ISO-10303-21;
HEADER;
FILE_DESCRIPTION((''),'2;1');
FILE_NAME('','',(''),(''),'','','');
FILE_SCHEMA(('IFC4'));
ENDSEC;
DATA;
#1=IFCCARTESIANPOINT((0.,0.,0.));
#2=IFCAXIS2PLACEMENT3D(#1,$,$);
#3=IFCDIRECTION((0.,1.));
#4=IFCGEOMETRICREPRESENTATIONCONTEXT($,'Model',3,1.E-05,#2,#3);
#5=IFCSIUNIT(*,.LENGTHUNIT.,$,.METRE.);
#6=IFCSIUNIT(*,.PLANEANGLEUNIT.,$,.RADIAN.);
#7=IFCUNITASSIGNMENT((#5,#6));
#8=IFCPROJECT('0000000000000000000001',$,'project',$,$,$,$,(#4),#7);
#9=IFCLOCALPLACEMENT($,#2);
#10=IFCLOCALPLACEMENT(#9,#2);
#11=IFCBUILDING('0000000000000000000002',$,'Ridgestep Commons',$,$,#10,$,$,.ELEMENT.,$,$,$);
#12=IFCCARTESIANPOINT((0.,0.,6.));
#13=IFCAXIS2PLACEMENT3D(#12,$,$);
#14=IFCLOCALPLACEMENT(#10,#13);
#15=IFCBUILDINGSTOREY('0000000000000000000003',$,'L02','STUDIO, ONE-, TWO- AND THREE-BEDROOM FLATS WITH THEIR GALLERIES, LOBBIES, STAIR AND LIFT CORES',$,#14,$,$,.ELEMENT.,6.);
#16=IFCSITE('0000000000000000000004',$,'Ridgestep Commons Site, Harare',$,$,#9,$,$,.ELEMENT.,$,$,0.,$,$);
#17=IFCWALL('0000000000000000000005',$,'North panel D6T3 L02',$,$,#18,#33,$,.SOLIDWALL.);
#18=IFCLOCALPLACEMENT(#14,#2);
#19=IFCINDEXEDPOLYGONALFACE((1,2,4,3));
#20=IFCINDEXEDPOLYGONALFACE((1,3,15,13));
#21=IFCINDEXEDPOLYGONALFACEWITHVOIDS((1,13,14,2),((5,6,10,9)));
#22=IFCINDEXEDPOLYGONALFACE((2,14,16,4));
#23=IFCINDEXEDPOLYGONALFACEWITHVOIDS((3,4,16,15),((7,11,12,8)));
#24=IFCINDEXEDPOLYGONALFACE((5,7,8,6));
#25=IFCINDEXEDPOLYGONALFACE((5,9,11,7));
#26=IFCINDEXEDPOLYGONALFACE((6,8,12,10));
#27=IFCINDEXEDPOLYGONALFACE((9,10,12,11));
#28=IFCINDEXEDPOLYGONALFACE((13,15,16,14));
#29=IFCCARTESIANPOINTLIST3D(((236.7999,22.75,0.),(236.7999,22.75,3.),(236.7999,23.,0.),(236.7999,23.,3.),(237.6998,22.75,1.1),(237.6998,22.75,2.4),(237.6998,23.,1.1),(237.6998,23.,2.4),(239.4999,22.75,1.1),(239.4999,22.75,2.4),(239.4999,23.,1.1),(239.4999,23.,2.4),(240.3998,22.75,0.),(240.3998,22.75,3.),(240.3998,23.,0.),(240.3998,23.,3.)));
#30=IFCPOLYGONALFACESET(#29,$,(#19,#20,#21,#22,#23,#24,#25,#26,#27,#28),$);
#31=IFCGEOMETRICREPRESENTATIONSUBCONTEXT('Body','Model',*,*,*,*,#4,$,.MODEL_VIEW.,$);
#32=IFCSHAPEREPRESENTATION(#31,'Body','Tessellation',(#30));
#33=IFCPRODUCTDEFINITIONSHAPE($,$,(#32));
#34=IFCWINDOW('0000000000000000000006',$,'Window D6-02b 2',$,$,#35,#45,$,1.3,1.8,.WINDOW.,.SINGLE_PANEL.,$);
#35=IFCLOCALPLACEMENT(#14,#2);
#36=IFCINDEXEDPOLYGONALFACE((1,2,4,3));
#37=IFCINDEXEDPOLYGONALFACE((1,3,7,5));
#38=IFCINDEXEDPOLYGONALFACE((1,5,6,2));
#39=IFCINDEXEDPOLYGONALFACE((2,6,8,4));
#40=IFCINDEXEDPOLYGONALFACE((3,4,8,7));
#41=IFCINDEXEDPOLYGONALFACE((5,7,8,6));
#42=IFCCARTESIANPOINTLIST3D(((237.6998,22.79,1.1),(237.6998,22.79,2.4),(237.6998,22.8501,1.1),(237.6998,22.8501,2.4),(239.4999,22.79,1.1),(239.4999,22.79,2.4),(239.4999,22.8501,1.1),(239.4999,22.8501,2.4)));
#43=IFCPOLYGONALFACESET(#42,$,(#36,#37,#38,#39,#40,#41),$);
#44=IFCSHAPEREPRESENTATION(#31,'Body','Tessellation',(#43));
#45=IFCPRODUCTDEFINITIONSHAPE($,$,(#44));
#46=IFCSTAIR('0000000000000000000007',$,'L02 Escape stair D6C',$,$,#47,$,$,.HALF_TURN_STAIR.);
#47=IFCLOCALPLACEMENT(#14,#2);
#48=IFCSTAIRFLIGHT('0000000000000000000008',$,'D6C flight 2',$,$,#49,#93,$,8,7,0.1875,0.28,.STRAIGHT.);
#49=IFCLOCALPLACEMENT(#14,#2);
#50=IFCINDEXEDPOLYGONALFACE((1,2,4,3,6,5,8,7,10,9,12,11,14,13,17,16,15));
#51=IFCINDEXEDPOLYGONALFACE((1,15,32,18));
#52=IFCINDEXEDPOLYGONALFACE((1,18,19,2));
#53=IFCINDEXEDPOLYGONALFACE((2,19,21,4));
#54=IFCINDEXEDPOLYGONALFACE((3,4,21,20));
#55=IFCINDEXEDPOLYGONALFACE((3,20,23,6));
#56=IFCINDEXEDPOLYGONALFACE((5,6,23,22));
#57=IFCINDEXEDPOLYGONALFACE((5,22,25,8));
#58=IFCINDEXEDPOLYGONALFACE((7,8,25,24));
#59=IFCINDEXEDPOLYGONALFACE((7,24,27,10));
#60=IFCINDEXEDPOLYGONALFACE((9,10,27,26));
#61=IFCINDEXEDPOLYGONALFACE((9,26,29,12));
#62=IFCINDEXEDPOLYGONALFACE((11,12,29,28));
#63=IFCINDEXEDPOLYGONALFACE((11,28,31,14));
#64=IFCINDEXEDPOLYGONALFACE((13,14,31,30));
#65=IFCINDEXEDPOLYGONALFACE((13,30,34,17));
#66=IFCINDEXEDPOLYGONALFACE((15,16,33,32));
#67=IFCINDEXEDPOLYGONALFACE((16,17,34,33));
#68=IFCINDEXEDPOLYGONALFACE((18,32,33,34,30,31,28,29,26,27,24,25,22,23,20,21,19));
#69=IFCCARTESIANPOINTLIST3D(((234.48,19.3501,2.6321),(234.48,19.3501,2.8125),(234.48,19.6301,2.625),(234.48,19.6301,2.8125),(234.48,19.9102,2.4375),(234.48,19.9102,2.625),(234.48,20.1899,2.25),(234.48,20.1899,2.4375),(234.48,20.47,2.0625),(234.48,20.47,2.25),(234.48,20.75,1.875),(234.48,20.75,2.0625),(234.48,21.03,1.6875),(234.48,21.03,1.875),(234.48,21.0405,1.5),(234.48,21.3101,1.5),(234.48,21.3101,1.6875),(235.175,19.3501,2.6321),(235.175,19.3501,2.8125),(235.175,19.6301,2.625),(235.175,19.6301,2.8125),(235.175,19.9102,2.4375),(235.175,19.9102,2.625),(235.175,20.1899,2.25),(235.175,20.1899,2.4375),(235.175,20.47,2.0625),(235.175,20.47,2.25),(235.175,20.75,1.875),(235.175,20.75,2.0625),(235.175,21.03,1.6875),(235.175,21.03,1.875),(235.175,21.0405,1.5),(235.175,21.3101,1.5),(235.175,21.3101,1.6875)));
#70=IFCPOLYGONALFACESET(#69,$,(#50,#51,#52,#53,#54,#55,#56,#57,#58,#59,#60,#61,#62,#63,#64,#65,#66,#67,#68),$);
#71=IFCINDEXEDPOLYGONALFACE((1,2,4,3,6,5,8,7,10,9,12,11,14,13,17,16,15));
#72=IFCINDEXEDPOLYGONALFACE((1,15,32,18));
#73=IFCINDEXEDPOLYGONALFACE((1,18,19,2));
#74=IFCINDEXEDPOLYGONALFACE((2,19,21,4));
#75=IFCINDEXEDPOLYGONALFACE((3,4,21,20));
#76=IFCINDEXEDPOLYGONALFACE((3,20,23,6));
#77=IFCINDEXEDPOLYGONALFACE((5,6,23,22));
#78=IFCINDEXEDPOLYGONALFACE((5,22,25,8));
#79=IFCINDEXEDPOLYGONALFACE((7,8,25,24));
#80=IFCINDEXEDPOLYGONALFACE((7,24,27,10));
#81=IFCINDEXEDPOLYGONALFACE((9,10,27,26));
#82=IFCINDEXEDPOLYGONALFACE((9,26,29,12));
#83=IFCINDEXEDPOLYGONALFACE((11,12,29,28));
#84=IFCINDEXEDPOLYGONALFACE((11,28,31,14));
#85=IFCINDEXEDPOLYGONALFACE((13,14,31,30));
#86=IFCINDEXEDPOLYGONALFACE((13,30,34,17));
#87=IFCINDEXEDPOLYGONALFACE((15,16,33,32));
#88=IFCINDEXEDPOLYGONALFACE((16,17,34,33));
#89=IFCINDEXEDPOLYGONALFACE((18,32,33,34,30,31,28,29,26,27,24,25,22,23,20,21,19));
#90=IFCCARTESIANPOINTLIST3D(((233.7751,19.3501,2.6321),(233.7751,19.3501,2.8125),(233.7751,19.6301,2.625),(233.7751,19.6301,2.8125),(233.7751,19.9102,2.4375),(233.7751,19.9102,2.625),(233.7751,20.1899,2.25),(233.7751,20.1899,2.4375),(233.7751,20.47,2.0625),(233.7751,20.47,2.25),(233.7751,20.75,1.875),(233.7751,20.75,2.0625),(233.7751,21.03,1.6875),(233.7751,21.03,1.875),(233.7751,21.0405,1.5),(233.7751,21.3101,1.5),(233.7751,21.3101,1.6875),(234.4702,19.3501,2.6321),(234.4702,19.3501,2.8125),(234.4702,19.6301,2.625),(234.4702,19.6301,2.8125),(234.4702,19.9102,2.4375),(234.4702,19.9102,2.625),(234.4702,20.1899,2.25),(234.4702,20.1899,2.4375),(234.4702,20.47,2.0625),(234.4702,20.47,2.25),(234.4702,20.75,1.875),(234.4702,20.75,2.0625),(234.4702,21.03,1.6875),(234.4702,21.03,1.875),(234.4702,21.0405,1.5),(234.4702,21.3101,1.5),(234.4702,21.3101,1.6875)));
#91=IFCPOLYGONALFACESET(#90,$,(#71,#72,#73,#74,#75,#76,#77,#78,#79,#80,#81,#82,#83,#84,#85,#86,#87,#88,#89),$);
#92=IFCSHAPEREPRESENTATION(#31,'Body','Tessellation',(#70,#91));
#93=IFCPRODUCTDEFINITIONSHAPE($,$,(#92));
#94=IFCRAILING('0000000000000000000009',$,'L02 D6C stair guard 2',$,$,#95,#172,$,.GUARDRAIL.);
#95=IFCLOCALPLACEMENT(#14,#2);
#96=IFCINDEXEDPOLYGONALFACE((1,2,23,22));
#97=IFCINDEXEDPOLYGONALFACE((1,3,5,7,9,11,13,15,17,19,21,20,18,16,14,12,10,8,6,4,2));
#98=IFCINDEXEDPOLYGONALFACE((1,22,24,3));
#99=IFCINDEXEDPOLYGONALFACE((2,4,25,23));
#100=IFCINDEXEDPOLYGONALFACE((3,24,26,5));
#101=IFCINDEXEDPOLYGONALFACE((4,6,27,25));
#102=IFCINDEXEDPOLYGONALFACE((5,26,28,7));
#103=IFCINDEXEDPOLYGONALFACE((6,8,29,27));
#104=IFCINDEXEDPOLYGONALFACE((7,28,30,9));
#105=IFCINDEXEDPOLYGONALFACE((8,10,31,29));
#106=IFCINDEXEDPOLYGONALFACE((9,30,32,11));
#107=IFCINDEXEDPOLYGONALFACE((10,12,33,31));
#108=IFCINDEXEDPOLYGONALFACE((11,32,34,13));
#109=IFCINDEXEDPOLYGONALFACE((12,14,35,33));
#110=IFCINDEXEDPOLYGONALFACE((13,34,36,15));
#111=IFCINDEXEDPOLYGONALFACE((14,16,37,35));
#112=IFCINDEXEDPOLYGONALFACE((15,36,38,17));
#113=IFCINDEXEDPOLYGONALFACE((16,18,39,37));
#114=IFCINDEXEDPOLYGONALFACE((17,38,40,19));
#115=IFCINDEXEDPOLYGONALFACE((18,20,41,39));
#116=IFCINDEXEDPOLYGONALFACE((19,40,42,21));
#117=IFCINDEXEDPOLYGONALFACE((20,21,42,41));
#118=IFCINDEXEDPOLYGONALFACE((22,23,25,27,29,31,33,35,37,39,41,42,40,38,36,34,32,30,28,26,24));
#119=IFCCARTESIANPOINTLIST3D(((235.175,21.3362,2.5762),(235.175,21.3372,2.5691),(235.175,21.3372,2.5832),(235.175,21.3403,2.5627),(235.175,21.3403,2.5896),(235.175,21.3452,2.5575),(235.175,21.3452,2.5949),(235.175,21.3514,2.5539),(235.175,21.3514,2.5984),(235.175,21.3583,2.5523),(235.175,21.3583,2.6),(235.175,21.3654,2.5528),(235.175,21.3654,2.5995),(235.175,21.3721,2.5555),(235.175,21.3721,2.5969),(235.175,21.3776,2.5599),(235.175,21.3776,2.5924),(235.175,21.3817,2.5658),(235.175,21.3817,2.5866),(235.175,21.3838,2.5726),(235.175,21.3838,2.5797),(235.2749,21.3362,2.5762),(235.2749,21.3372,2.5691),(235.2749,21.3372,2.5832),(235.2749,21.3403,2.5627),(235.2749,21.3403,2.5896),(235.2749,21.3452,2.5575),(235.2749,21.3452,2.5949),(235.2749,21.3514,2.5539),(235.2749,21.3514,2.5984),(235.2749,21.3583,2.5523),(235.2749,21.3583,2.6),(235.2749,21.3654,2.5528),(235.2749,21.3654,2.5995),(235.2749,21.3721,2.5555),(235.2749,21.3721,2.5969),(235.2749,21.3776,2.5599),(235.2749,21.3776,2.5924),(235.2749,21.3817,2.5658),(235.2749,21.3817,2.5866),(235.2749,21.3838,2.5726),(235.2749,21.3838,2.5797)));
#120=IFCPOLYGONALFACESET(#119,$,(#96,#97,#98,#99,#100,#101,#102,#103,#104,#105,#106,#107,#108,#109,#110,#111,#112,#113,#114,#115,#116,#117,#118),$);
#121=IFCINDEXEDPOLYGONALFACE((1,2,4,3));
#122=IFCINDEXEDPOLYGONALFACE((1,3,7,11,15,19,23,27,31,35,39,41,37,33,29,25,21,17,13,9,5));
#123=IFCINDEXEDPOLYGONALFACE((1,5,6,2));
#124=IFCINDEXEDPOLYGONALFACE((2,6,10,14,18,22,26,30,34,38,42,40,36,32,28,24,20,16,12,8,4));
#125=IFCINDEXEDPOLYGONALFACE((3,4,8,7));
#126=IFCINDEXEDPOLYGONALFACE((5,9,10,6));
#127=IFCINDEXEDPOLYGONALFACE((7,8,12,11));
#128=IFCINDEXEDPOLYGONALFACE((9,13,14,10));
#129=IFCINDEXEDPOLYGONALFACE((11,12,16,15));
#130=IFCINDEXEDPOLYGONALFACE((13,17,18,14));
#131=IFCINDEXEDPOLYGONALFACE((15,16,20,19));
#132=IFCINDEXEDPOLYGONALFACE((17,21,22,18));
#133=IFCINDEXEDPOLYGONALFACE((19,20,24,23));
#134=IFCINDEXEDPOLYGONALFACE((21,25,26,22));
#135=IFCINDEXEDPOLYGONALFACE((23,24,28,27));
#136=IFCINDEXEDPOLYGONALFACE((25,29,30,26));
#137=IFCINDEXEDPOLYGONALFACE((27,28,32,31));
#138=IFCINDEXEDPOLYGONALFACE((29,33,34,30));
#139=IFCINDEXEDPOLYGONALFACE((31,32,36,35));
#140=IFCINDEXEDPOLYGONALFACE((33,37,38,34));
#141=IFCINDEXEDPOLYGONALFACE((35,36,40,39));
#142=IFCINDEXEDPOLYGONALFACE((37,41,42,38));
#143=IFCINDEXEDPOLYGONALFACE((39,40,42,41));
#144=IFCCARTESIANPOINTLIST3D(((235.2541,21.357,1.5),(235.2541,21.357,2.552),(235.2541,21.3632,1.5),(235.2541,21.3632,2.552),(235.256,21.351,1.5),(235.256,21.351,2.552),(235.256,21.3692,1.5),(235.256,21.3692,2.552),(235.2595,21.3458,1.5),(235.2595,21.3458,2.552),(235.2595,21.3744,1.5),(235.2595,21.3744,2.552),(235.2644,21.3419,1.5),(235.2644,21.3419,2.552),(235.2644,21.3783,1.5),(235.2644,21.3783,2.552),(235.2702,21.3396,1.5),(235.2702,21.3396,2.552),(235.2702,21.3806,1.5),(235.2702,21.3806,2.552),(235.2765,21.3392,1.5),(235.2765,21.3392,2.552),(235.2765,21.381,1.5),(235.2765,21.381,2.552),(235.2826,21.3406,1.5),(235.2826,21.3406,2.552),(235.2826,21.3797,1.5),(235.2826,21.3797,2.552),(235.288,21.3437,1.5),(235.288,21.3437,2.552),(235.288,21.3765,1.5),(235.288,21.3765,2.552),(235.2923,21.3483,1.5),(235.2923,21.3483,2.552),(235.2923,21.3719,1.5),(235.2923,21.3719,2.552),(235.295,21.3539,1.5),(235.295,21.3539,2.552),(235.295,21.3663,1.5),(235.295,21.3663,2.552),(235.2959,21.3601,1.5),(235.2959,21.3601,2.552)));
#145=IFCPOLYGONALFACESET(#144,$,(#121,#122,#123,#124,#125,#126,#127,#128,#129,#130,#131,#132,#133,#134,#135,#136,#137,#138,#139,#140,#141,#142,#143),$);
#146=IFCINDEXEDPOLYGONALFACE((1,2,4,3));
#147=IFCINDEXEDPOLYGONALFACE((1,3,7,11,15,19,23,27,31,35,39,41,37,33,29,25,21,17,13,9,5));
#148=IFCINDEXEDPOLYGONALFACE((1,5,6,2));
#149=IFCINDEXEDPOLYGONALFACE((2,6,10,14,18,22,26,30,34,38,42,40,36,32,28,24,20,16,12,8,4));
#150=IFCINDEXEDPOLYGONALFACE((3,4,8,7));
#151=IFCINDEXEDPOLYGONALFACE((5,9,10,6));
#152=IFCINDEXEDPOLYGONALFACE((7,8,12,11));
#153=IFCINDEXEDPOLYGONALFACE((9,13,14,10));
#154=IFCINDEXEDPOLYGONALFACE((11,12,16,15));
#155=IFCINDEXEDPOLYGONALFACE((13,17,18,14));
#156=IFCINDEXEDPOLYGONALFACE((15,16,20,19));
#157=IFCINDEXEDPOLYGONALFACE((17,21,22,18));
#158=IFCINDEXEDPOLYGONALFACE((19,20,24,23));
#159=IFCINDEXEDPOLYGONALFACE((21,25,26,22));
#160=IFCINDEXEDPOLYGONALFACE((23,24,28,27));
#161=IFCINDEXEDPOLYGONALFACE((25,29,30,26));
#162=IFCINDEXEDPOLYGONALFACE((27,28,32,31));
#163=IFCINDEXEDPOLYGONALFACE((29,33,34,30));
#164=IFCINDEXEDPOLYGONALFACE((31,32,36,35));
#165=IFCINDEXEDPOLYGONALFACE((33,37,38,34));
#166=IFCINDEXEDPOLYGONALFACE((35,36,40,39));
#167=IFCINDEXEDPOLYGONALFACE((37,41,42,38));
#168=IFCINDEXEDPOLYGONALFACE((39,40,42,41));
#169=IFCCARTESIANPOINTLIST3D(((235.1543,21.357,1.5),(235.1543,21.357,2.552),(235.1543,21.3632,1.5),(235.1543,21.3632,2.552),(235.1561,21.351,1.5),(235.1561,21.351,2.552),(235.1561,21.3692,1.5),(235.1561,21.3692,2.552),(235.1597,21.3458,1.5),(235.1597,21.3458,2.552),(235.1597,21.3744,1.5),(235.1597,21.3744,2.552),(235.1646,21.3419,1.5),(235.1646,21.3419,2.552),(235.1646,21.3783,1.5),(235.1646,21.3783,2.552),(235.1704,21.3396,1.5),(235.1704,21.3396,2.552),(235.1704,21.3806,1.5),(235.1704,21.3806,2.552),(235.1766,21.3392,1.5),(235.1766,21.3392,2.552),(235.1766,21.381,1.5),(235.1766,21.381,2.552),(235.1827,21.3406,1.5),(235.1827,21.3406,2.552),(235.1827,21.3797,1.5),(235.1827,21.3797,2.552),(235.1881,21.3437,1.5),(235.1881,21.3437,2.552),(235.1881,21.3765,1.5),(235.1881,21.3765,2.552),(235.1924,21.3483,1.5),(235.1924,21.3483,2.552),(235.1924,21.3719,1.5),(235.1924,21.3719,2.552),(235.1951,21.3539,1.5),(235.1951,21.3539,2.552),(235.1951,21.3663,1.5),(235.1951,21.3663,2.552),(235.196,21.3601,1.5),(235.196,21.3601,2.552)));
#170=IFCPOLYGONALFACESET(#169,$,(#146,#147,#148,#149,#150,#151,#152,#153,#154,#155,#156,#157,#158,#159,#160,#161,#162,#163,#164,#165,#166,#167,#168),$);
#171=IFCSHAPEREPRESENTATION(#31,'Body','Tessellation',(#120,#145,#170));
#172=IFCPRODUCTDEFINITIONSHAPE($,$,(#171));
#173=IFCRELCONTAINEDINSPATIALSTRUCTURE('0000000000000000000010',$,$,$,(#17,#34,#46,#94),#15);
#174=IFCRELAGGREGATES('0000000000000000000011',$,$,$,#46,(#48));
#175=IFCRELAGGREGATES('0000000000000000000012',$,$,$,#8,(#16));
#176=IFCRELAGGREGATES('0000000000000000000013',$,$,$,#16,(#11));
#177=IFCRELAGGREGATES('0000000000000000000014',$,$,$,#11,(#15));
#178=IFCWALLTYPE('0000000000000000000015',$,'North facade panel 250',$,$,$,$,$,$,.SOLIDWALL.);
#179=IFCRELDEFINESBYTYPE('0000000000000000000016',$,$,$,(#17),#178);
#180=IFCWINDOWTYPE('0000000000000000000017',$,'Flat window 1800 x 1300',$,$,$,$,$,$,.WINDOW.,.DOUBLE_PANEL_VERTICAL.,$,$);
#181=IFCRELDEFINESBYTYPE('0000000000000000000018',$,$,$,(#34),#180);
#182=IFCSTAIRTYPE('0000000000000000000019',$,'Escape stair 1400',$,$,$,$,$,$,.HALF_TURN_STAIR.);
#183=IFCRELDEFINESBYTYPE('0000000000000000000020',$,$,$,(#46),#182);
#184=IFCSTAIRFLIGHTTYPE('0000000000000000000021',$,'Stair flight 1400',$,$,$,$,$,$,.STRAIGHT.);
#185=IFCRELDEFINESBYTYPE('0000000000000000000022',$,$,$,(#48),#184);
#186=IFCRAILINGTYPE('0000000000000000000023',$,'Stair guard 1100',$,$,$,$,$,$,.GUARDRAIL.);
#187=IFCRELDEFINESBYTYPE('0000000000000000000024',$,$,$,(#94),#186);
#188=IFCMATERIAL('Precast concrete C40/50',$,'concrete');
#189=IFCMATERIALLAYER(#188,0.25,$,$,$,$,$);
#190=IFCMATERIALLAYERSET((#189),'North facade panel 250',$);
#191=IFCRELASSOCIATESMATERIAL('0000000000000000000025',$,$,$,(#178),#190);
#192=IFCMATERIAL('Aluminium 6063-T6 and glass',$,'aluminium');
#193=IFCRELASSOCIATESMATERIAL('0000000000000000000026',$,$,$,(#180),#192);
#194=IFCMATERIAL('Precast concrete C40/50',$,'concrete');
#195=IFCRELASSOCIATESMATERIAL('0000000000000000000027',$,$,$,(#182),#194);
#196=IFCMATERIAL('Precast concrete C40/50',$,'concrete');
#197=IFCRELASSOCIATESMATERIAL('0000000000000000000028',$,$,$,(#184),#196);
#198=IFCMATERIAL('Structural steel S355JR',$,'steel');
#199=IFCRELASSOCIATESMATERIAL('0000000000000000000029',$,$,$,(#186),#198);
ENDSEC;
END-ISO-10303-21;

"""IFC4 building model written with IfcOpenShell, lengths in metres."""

from ifc_helpers import new_model, si_unit, direction, frame, frame_2d, origin, origin_2d, place, context, subcontext, project, spatial, polyline, rectangle, circle, outline, extrude, material, layer, layer_set, type_object, element, fill, aggregate, save


model = new_model("IFC4")

# Units and contexts
model_context = context("Model", 3, precision=1e-05, world=origin(), true_north=direction((0.0, 1.0)))
body_context = subcontext(model_context, "Body", "Model", "MODEL_VIEW")
ifc_project = project(units=[si_unit("LENGTHUNIT", "METRE"), si_unit("PLANEANGLEUNIT", "RADIAN")], contexts=[model_context])

# Site, building, storey
site_placement = place(None, origin())
site = spatial("IfcSite", under=ifc_project, at=site_placement, Name="Ridgestep Commons Site, Harare", CompositionType="ELEMENT", RefElevation=0.0)
building_placement = place(site_placement, origin())
building = spatial("IfcBuilding", under=site, at=building_placement, Name="Ridgestep Commons", CompositionType="ELEMENT")
storey_placement = place(building_placement, frame((0.0, 0.0, 6.0)))
storey = spatial("IfcBuildingStorey", under=building, at=storey_placement, Name="L02", Description="STUDIO, ONE-, TWO- AND THREE-BEDROOM FLATS WITH THEIR GALLERIES, LOBBIES, STAIR AND LIFT CORES", CompositionType="ELEMENT", Elevation=6.0)

# Wall, opening, window
ifc_material_1 = material(Name="Precast concrete C40/50", Category="concrete")
ifc_layer_1 = layer(ifc_material_1, 0.25)
ifc_layer_set_1 = layer_set([ifc_layer_1], Name="North facade panel 250")
wall_type = type_object("IfcWallType", Name="North facade panel 250", PredefinedType="SOLIDWALL", material=ifc_layer_set_1)
wall_placement = place(storey_placement, frame((236.8, 22.875, 0.0), z_axis=(0.0, 0.0, 1.0), x_axis=(1.0, 0.0, 0.0)))
wall = element("IfcWall", 1, at=wall_placement, inside=storey, type_object=wall_type, Name="North panel D6T3 L02", PredefinedType="SOLIDWALL", context=body_context, shape_type="SweptSolid", body=[
    extrude(rectangle(XDim=3.5999, YDim=0.25, at=frame_2d((1.7998, 0.0))), origin(), (0.0, 0.0, 1.0), 3.0),
])
opening_placement = place(wall_placement, frame((0.8999, 0.0, 1.1001)))
opening = element("IfcOpeningElement", 2, at=opening_placement, cuts=wall, PredefinedType="OPENING", context=body_context, shape_type="SweptSolid", body=[
    extrude(rectangle(XDim=1.8, YDim=1.3, at=frame_2d((0.8999, 0.6499))), frame((0.0, 0.135, 0.0), z_axis=(0.0, -1.0, 0.0), x_axis=(1.0, 0.0, 0.0)), (0.0, 0.0, 1.0), 0.27),
])
ifc_material_2 = material(Name="Aluminium 6063-T6 and glass", Category="aluminium")
window_type = type_object("IfcWindowType", Name="Flat window 1800 x 1300", PartitioningType="DOUBLE_PANEL_VERTICAL", PredefinedType="WINDOW", material=ifc_material_2)
window_placement = place(opening_placement, origin())
window = element("IfcWindow", 3, at=window_placement, inside=storey, type_object=window_type, Name="Window D6-02b 2", OverallHeight=1.3, OverallWidth=1.8, PartitioningType="SINGLE_PANEL", PredefinedType="WINDOW", context=body_context, shape_type="SweptSolid", body=[
    extrude(rectangle(XDim=1.8, YDim=1.3, at=frame_2d((0.8999, 0.6499))), frame((0.0, -0.0249, 0.0), z_axis=(0.0, -1.0, 0.0), x_axis=(1.0, 0.0, 0.0)), (0.0, 0.0, 1.0), 0.0601),
])
fill(opening, window)

# Stair, stair flight
ifc_material_3 = material(Name="Precast concrete C40/50", Category="concrete")
stair_type = type_object("IfcStairType", Name="Escape stair 1400", PredefinedType="HALF_TURN_STAIR", material=ifc_material_3)
stair_placement = place(storey_placement, origin())
stair = element("IfcStair", 4, at=stair_placement, inside=storey, type_object=stair_type, Name="L02 Escape stair D6C", PredefinedType="HALF_TURN_STAIR")
ifc_material_4 = material(Name="Precast concrete C40/50", Category="concrete")
stair_flight_type = type_object("IfcStairFlightType", Name="Stair flight 1400", PredefinedType="STRAIGHT", material=ifc_material_4)
stair_flight_placement = place(storey_placement, frame((234.4751, 21.3101, 1.5), z_axis=(0.0, 0.0, 1.0), x_axis=(0.0, -1.0, 0.0)))
stair_flight = element("IfcStairFlight", 5, at=stair_flight_placement, type_object=stair_flight_type, Name="D6C flight 2", NumberOfRisers=8, NumberOfTreads=7, PredefinedType="STRAIGHT", RiserHeight=0.1875, TreadLength=0.28, context=body_context, shape_type="SweptSolid", body=[
    extrude(outline(polyline([(0.0, 0.0), (0.0, 0.1875), (0.28, 0.1875), (0.28, 0.375), (0.5601, 0.375), (0.5601, 0.5625), (0.8401, 0.5625), (0.8401, 0.75), (1.1201, 0.75), (1.1201, 0.9375), (1.3999, 0.9375), (1.3999, 1.125), (1.6799, 1.125), (1.6799, 1.3125), (1.96, 1.3125), (1.96, 1.5), (1.96, 1.1321), (0.2695, 0.0), (0.0, 0.0)])), frame((0.0, 0.7, 0.0), z_axis=(0.0, -1.0, 0.0), x_axis=(1.0, 0.0, 0.0)), (0.0, 0.0, 1.0), 0.6951),
    extrude(outline(polyline([(0.0, 0.0), (0.0, 0.1875), (0.28, 0.1875), (0.28, 0.375), (0.5601, 0.375), (0.5601, 0.5625), (0.8401, 0.5625), (0.8401, 0.75), (1.1201, 0.75), (1.1201, 0.9375), (1.3999, 0.9375), (1.3999, 1.125), (1.6799, 1.125), (1.6799, 1.3125), (1.96, 1.3125), (1.96, 1.5), (1.96, 1.1321), (0.2695, 0.0), (0.0, 0.0)])), frame((0.0, -0.0049, 0.0), z_axis=(0.0, -1.0, 0.0), x_axis=(1.0, 0.0, 0.0)), (0.0, 0.0, 1.0), 0.6951),
])
aggregate(stair, [stair_flight])

# Railing
ifc_material_5 = material(Name="Structural steel S355JR", Category="steel")
railing_type = type_object("IfcRailingType", Name="Stair guard 1100", PredefinedType="GUARDRAIL", material=ifc_material_5)
railing_1_placement = place(storey_placement, frame((235.2749, 21.3601, 1.5)))
element("IfcRailing", 6, at=railing_1_placement, inside=storey, type_object=railing_type, Name="L02 D6C stair guard 2", PredefinedType="GUARDRAIL", context=body_context, shape_type="SweptSolid", body=[
    extrude(circle(Radius=0.0239, at=origin_2d()), frame((0.0, 0.0, 1.0762), z_axis=(-1.0, 0.0, 0.0), x_axis=(0.0, -1.0, 0.0)), (0.0, 0.0, 1.0), 0.0999),
    extrude(circle(Radius=0.021, at=origin_2d()), origin(), (0.0, 0.0, 1.0), 1.052),
    extrude(circle(Radius=0.021, at=origin_2d()), frame((-0.0999, 0.0, 0.0)), (0.0, 0.0, 1.0), 1.052),
])

save(model, "model.ifc")
